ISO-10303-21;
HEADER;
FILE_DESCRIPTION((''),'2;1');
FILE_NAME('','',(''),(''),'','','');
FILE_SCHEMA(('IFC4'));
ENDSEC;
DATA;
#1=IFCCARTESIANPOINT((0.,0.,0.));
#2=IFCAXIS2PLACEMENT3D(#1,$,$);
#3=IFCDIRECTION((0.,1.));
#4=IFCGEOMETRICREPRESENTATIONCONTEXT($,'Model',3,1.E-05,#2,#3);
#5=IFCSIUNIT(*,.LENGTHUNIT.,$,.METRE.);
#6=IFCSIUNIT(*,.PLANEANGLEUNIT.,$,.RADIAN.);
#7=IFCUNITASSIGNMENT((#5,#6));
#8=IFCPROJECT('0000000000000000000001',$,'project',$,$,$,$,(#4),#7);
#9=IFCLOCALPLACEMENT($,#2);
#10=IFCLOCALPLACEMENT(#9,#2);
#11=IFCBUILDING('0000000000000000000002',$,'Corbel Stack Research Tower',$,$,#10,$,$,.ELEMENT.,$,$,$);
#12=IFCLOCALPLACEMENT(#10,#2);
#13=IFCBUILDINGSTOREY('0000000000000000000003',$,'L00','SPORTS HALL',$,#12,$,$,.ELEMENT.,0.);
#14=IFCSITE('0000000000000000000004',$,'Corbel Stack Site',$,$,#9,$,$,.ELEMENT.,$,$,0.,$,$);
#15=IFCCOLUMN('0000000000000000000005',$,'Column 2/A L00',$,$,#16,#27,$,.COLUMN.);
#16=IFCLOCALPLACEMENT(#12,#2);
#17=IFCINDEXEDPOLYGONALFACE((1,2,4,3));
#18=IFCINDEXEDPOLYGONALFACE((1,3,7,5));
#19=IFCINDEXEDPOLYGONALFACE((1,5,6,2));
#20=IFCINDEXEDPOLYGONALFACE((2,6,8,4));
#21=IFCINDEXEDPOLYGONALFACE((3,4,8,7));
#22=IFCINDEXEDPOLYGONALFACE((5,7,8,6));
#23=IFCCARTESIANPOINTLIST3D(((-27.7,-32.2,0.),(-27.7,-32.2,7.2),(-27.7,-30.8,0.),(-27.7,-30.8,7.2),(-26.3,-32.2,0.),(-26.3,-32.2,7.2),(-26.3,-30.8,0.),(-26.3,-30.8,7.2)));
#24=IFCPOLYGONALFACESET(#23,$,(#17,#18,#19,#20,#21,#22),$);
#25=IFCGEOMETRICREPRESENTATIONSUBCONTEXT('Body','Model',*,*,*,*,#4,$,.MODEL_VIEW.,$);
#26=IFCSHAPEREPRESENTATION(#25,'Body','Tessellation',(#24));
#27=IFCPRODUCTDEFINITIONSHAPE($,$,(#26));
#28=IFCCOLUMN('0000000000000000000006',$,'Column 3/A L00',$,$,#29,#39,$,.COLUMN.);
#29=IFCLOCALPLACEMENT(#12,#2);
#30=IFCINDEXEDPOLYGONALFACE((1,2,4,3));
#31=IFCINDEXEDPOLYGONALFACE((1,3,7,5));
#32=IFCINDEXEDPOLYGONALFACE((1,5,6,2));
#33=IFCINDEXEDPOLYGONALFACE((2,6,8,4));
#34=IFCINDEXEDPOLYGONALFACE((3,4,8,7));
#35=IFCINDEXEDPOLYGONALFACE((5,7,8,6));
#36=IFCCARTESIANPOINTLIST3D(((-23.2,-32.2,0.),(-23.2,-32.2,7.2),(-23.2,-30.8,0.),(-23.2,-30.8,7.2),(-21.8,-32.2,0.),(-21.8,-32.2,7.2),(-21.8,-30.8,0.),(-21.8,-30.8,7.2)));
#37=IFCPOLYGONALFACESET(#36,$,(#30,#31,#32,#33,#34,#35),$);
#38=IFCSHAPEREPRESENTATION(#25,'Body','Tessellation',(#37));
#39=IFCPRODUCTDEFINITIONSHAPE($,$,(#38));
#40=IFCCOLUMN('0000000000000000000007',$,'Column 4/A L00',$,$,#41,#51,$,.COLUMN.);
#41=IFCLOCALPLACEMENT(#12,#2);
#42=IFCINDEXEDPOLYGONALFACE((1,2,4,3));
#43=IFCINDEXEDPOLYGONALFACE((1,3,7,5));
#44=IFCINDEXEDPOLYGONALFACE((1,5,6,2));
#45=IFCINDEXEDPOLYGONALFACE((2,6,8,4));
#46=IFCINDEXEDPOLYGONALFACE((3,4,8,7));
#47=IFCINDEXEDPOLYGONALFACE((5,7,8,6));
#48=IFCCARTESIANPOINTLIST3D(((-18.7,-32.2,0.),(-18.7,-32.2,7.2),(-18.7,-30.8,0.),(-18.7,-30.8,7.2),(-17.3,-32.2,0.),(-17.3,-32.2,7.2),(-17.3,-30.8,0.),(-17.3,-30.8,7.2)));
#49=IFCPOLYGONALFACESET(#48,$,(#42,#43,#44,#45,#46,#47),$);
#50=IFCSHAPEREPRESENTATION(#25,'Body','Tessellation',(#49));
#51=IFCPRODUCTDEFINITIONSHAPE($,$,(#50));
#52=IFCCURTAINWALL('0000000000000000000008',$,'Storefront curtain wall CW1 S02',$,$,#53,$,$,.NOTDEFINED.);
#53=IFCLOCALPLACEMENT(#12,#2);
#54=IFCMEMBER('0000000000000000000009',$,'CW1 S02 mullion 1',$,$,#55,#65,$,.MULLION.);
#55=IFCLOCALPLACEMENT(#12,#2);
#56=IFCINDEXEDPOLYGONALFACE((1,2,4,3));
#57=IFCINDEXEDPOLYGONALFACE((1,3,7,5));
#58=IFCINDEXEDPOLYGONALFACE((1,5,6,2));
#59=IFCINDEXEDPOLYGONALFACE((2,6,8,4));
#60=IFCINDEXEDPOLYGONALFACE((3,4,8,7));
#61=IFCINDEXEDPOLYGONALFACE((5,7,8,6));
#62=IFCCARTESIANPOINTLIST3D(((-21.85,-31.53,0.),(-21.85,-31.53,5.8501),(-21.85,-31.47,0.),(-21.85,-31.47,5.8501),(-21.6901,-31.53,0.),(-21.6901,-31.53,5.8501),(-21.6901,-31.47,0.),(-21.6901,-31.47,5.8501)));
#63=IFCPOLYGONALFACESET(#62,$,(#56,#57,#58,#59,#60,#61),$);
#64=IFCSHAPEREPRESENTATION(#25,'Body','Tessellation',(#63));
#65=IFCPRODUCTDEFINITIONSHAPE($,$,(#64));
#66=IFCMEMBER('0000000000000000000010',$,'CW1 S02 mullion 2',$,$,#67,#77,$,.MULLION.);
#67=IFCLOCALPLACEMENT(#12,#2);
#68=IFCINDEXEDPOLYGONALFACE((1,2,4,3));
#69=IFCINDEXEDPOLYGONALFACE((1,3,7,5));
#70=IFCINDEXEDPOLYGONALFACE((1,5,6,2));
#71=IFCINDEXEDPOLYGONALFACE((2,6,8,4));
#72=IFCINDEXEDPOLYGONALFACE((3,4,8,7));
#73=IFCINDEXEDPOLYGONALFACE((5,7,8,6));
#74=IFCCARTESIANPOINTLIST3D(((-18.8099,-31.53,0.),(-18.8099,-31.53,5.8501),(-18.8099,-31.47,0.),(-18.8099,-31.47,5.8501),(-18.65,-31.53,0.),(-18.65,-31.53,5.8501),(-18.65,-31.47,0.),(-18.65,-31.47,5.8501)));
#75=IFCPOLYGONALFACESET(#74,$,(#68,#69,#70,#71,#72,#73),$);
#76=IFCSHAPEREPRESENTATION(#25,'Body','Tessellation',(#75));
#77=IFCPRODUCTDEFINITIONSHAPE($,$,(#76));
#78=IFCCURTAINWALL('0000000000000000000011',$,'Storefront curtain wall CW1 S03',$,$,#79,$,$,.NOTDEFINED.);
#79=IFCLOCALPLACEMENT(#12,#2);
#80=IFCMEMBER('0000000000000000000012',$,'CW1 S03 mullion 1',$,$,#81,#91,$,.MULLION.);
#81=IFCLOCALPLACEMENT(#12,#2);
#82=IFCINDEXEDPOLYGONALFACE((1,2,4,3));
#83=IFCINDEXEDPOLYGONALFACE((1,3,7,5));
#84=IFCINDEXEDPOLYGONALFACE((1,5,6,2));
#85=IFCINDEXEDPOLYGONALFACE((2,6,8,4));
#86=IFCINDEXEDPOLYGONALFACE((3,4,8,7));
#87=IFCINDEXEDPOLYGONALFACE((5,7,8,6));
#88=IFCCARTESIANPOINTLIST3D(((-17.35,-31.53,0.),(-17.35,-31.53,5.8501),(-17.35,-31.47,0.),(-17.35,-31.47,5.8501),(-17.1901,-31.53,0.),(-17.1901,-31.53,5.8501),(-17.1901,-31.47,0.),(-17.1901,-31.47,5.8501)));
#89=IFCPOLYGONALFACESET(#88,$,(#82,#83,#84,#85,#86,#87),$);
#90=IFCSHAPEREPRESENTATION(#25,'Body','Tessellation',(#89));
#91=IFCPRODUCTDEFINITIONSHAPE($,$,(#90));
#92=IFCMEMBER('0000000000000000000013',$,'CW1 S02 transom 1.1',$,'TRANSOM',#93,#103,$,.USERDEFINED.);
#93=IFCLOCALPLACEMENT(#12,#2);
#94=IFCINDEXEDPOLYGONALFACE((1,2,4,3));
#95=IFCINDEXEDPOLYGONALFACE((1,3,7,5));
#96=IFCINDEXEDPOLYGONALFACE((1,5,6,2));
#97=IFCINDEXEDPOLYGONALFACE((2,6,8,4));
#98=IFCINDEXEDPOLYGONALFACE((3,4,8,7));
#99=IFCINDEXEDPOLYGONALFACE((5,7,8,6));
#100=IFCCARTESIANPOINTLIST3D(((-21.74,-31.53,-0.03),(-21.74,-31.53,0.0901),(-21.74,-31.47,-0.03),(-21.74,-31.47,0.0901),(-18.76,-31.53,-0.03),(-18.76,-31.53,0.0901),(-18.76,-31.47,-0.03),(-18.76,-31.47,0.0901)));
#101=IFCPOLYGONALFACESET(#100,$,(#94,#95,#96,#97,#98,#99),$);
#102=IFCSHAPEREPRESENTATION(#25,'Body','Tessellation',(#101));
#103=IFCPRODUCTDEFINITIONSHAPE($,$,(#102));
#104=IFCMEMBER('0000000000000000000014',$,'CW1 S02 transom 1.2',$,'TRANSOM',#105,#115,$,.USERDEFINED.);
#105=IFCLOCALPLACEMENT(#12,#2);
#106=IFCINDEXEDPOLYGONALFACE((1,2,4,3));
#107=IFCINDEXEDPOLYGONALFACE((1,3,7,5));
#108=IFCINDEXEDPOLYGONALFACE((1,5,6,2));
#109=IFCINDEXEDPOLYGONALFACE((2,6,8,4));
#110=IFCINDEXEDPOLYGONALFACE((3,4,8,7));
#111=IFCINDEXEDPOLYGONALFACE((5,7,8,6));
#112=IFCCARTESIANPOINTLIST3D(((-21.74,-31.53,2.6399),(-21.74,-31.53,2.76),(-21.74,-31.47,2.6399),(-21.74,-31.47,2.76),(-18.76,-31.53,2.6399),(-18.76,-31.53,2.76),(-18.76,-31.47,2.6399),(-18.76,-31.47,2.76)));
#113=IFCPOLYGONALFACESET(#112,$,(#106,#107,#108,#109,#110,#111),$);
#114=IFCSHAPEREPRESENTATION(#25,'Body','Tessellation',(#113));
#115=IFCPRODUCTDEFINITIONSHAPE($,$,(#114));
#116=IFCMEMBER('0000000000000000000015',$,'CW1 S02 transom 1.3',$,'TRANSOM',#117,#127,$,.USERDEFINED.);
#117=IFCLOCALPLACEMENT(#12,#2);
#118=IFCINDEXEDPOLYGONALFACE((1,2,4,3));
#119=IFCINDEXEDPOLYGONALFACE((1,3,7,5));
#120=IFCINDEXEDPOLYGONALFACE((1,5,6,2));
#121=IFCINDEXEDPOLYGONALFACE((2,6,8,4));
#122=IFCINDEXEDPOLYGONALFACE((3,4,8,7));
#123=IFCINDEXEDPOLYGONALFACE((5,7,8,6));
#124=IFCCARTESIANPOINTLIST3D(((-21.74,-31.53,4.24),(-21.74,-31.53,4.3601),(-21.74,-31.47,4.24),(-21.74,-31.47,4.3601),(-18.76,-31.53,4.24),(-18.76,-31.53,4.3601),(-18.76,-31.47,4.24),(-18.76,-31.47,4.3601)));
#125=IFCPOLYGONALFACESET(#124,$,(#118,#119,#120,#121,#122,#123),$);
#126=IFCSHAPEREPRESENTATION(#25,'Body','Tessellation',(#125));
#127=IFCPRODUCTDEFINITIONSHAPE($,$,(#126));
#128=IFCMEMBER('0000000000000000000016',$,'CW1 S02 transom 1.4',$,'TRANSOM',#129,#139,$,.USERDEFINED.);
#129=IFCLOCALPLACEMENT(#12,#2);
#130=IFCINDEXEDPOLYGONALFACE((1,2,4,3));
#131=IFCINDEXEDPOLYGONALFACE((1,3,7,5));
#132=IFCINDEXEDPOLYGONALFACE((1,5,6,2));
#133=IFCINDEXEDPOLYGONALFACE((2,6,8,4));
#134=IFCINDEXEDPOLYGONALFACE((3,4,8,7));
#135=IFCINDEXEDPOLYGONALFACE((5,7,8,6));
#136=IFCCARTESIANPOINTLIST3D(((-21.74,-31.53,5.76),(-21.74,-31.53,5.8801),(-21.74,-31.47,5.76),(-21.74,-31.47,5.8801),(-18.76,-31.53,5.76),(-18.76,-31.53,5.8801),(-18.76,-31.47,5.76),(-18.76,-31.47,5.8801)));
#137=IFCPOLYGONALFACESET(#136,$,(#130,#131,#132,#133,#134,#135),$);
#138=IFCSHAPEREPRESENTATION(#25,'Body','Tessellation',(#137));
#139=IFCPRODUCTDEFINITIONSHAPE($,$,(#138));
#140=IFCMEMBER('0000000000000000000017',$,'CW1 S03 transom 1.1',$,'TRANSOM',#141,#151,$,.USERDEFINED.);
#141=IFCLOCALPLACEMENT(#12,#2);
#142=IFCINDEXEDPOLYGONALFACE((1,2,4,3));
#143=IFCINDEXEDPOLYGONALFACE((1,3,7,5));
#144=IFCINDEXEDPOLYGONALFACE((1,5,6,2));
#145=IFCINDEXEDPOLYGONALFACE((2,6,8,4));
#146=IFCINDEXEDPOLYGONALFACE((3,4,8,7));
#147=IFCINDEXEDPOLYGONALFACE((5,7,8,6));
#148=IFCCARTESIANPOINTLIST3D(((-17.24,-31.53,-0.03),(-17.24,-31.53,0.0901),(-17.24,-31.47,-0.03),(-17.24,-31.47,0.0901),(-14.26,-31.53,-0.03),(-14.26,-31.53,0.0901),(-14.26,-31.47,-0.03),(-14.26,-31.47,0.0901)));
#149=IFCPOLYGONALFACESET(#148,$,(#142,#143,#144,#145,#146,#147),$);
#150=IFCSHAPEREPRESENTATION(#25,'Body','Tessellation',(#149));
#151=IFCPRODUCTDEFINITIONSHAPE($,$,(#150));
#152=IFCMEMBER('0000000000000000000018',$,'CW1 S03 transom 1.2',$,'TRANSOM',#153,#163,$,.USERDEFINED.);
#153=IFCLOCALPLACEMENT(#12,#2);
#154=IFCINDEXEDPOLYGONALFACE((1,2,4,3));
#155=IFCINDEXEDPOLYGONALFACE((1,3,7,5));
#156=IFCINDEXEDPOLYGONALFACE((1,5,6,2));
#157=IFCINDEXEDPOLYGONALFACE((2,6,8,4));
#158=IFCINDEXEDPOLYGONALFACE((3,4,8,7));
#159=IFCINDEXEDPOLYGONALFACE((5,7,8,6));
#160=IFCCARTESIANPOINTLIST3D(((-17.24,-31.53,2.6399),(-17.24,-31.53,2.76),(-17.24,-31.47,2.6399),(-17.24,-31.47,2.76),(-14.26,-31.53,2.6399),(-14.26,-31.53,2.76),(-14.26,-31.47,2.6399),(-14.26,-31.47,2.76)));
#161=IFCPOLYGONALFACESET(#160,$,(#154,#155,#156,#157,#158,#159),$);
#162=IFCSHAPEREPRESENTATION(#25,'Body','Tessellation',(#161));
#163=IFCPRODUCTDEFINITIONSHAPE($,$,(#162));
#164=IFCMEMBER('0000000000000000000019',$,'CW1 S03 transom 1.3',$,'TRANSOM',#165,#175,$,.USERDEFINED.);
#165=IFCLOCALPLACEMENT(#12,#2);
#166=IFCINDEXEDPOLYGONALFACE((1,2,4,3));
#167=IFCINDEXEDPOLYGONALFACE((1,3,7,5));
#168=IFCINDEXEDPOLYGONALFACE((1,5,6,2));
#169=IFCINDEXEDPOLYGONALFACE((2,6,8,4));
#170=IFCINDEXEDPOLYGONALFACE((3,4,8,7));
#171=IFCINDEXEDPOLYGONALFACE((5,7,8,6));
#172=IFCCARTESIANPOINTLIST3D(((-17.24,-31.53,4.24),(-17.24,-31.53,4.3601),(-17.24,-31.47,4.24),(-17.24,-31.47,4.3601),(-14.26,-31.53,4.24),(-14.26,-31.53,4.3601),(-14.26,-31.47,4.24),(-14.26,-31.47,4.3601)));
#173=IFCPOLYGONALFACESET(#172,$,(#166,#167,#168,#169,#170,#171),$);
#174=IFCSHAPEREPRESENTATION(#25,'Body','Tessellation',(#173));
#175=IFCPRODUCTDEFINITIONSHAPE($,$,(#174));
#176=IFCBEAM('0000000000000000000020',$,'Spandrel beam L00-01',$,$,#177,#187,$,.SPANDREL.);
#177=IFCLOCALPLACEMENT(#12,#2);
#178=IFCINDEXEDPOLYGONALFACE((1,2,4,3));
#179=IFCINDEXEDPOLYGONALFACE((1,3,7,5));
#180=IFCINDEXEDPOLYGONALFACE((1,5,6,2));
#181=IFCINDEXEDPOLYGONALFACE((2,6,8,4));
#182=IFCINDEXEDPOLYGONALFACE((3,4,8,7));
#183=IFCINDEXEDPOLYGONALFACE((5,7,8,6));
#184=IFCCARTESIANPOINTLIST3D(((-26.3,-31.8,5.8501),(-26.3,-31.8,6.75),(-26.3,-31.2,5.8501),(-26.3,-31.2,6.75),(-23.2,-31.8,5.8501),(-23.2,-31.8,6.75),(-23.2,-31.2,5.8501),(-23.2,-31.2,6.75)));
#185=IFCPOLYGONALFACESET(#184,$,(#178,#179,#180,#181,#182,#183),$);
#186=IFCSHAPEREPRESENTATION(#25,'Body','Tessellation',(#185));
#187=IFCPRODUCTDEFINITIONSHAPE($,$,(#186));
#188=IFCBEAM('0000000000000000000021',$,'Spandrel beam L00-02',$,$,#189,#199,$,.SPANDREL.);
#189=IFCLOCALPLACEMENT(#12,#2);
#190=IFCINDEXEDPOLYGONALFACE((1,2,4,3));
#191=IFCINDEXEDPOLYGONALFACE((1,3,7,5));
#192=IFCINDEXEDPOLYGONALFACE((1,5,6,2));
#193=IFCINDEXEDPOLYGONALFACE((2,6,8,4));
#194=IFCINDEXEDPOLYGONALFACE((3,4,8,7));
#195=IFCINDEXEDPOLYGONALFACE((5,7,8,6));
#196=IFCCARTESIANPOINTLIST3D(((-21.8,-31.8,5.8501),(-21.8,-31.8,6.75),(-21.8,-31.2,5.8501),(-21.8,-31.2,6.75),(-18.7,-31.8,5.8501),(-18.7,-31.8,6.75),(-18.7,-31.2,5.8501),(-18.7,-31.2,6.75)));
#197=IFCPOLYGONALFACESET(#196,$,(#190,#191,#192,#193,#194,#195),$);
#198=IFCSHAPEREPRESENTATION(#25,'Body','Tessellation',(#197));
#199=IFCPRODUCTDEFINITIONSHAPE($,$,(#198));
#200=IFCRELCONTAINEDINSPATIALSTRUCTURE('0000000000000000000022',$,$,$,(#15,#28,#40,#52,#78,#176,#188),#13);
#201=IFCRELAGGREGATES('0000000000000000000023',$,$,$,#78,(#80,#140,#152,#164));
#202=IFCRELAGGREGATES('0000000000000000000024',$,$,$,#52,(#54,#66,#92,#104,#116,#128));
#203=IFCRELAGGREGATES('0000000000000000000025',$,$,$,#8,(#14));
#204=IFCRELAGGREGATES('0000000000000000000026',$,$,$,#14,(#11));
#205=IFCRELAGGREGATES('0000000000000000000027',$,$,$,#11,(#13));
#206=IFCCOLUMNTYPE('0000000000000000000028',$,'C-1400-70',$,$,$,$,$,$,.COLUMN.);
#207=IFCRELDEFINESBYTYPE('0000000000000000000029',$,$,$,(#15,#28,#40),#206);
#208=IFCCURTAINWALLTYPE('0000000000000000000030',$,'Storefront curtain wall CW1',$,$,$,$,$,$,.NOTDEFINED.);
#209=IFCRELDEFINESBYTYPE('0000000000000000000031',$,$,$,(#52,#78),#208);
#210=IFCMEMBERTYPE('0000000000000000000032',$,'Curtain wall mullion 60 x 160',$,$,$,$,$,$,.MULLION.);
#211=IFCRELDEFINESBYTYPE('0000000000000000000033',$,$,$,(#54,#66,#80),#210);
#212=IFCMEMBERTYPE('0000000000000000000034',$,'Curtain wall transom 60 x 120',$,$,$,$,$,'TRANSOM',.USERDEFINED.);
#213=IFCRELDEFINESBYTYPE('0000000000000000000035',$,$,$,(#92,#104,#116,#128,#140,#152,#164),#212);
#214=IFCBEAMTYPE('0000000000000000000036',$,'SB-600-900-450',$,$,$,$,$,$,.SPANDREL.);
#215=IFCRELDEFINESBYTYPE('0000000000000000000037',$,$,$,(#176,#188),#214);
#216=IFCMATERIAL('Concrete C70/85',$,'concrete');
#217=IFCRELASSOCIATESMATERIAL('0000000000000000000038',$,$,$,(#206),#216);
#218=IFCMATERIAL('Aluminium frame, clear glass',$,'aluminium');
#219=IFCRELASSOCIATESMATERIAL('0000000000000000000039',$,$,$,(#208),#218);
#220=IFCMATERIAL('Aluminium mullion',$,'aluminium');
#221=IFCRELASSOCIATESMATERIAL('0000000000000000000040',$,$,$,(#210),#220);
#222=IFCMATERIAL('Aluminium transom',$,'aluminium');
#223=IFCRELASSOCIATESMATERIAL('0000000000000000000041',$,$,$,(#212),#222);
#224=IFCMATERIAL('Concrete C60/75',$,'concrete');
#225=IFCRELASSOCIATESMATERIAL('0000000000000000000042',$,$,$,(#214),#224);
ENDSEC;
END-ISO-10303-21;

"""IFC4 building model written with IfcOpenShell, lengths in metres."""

from ifc_helpers import new_model, si_unit, direction, frame, origin, origin_2d, place, context, subcontext, project, spatial, rectangle, extrude, material, material_profile, profile_set, type_object, element, aggregate, save


model = new_model("IFC4")

# Units and contexts
model_context = context("Model", 3, precision=1e-05, world=origin(), true_north=direction((0.0, 1.0)))
body_context = subcontext(model_context, "Body", "Model", "MODEL_VIEW")
ifc_project = project(units=[si_unit("LENGTHUNIT", "METRE"), si_unit("PLANEANGLEUNIT", "RADIAN")], contexts=[model_context])

# Site, building, storey
site_placement = place(None, origin())
site = spatial("IfcSite", under=ifc_project, at=site_placement, Name="Corbel Stack Site", CompositionType="ELEMENT", RefElevation=0.0)
building_placement = place(site_placement, origin())
building = spatial("IfcBuilding", under=site, at=building_placement, Name="Corbel Stack Research Tower", CompositionType="ELEMENT")
storey_placement = place(building_placement, origin())
storey = spatial("IfcBuildingStorey", under=building, at=storey_placement, Name="L00", Description="SPORTS HALL", CompositionType="ELEMENT", Elevation=0.0)

# Columns
ifc_material_1 = material(Name="Concrete C70/85", Category="concrete")
ifc_material_profile_1 = material_profile(ifc_material_1, rectangle(XDim=1.3999, YDim=1.3999, at=origin_2d()), Name="RC 1400 x 1400")
ifc_profile_set_1 = profile_set([ifc_material_profile_1], Name="Concrete C70/85")
column_type = type_object("IfcColumnType", Name="C-1400-70", PredefinedType="COLUMN", material=ifc_profile_set_1)
for number, where, z_axis, x_axis, name in (
    (1, (-27.0, -31.5, 0.0), (0.0, 0.0, 1.0), (1.0, 0.0, 0.0), "Column 2/A L00"),
    (2, (-22.5, -31.5, 0.0), (0.0, 0.0, 1.0), (1.0, 0.0, 0.0), "Column 3/A L00"),
    (3, (-18.0, -31.5, 0.0), (0.0, 0.0, 1.0), (1.0, 0.0, 0.0), "Column 4/A L00"),
):
    element("IfcColumn", number, at=place(storey_placement, frame(where, z_axis=z_axis, x_axis=x_axis)), inside=storey, type_object=column_type, Name=name, PredefinedType="COLUMN", context=body_context, shape_type="SweptSolid", body=[
        extrude(rectangle(XDim=1.3999, YDim=1.3999, at=origin_2d()), origin(), (0.0, 0.0, 1.0), 7.2),
    ])

# Curtain wall, members
ifc_material_2 = material(Name="Aluminium frame, clear glass", Category="aluminium")
curtain_wall_type = type_object("IfcCurtainWallType", Name="Storefront curtain wall CW1", PredefinedType="NOTDEFINED", material=ifc_material_2)
curtain_wall_1_placement = place(storey_placement, origin())
curtain_wall_1 = element("IfcCurtainWall", 4, at=curtain_wall_1_placement, inside=storey, type_object=curtain_wall_type, Name="Storefront curtain wall CW1 S02", PredefinedType="NOTDEFINED")
ifc_material_3 = material(Name="Aluminium mullion", Category="aluminium")
ifc_material_profile_2 = material_profile(ifc_material_3, rectangle(XDim=0.0601, YDim=0.1599, at=origin_2d()), Name="Mullion 60 x 160")
ifc_profile_set_2 = profile_set([ifc_material_profile_2], Name="Aluminium mullion")
member_type_1 = type_object("IfcMemberType", Name="Curtain wall mullion 60 x 160", PredefinedType="MULLION", material=ifc_profile_set_2)
member_1_placement = place(storey_placement, frame((-21.77, -31.5, 0.0), z_axis=(0.0, 0.0, 1.0), x_axis=(0.0, 1.0, 0.0)))
member_1 = element("IfcMember", 5, at=member_1_placement, type_object=member_type_1, Name="CW1 S02 mullion 1", PredefinedType="MULLION", context=body_context, shape_type="SweptSolid", body=[
    extrude(rectangle(XDim=0.0601, YDim=0.1599, at=origin_2d()), origin(), (0.0, 0.0, 1.0), 5.8501),
])
member_2_placement = place(storey_placement, frame((-18.73, -31.5, 0.0), z_axis=(0.0, 0.0, 1.0), x_axis=(0.0, 1.0, 0.0)))
member_2 = element("IfcMember", 6, at=member_2_placement, type_object=member_type_1, Name="CW1 S02 mullion 2", PredefinedType="MULLION", context=body_context, shape_type="SweptSolid", body=[
    extrude(rectangle(XDim=0.0601, YDim=0.1599, at=origin_2d()), origin(), (0.0, 0.0, 1.0), 5.8501),
])

# Curtain wall, member
curtain_wall_2_placement = place(storey_placement, origin())
curtain_wall_2 = element("IfcCurtainWall", 7, at=curtain_wall_2_placement, inside=storey, type_object=curtain_wall_type, Name="Storefront curtain wall CW1 S03", PredefinedType="NOTDEFINED")
member_3_placement = place(storey_placement, frame((-17.27, -31.5, 0.0), z_axis=(0.0, 0.0, 1.0), x_axis=(0.0, 1.0, 0.0)))
member_3 = element("IfcMember", 8, at=member_3_placement, type_object=member_type_1, Name="CW1 S03 mullion 1", PredefinedType="MULLION", context=body_context, shape_type="SweptSolid", body=[
    extrude(rectangle(XDim=0.0601, YDim=0.1599, at=origin_2d()), origin(), (0.0, 0.0, 1.0), 5.8501),
])

# Members
ifc_material_4 = material(Name="Aluminium transom", Category="aluminium")
ifc_material_profile_3 = material_profile(ifc_material_4, rectangle(XDim=0.0601, YDim=0.1201, at=origin_2d()), Name="Transom 60 x 120")
ifc_profile_set_3 = profile_set([ifc_material_profile_3], Name="Aluminium transom")
member_type_2 = type_object("IfcMemberType", Name="Curtain wall transom 60 x 120", ElementType="TRANSOM", PredefinedType="USERDEFINED", material=ifc_profile_set_3)
member_4_placement = place(storey_placement, frame((-21.74, -31.5, 0.03), z_axis=(1.0, 0.0, 0.0), x_axis=(0.0, 1.0, 0.0)))
member_4 = element("IfcMember", 9, at=member_4_placement, type_object=member_type_2, Name="CW1 S02 transom 1.1", ObjectType="TRANSOM", PredefinedType="USERDEFINED", context=body_context, shape_type="SweptSolid", body=[
    extrude(rectangle(XDim=0.0601, YDim=0.1201, at=origin_2d()), origin(), (0.0, 0.0, 1.0), 2.98),
])
member_5_placement = place(storey_placement, frame((-21.74, -31.5, 2.7), z_axis=(1.0, 0.0, 0.0), x_axis=(0.0, 1.0, 0.0)))
member_5 = element("IfcMember", 10, at=member_5_placement, type_object=member_type_2, Name="CW1 S02 transom 1.2", ObjectType="TRANSOM", PredefinedType="USERDEFINED", context=body_context, shape_type="SweptSolid", body=[
    extrude(rectangle(XDim=0.0601, YDim=0.1201, at=origin_2d()), origin(), (0.0, 0.0, 1.0), 2.98),
])
member_6_placement = place(storey_placement, frame((-21.74, -31.5, 4.3), z_axis=(1.0, 0.0, 0.0), x_axis=(0.0, 1.0, 0.0)))
member_6 = element("IfcMember", 11, at=member_6_placement, type_object=member_type_2, Name="CW1 S02 transom 1.3", ObjectType="TRANSOM", PredefinedType="USERDEFINED", context=body_context, shape_type="SweptSolid", body=[
    extrude(rectangle(XDim=0.0601, YDim=0.1201, at=origin_2d()), origin(), (0.0, 0.0, 1.0), 2.98),
])
member_7_placement = place(storey_placement, frame((-21.74, -31.5, 5.8201), z_axis=(1.0, 0.0, 0.0), x_axis=(0.0, 1.0, 0.0)))
member_7 = element("IfcMember", 12, at=member_7_placement, type_object=member_type_2, Name="CW1 S02 transom 1.4", ObjectType="TRANSOM", PredefinedType="USERDEFINED", context=body_context, shape_type="SweptSolid", body=[
    extrude(rectangle(XDim=0.0601, YDim=0.1201, at=origin_2d()), origin(), (0.0, 0.0, 1.0), 2.98),
])
member_8_placement = place(storey_placement, frame((-17.24, -31.5, 0.03), z_axis=(1.0, 0.0, 0.0), x_axis=(0.0, 1.0, 0.0)))
member_8 = element("IfcMember", 13, at=member_8_placement, type_object=member_type_2, Name="CW1 S03 transom 1.1", ObjectType="TRANSOM", PredefinedType="USERDEFINED", context=body_context, shape_type="SweptSolid", body=[
    extrude(rectangle(XDim=0.0601, YDim=0.1201, at=origin_2d()), origin(), (0.0, 0.0, 1.0), 2.98),
])
member_9_placement = place(storey_placement, frame((-17.24, -31.5, 2.7), z_axis=(1.0, 0.0, 0.0), x_axis=(0.0, 1.0, 0.0)))
member_9 = element("IfcMember", 14, at=member_9_placement, type_object=member_type_2, Name="CW1 S03 transom 1.2", ObjectType="TRANSOM", PredefinedType="USERDEFINED", context=body_context, shape_type="SweptSolid", body=[
    extrude(rectangle(XDim=0.0601, YDim=0.1201, at=origin_2d()), origin(), (0.0, 0.0, 1.0), 2.98),
])
member_10_placement = place(storey_placement, frame((-17.24, -31.5, 4.3), z_axis=(1.0, 0.0, 0.0), x_axis=(0.0, 1.0, 0.0)))
member_10 = element("IfcMember", 15, at=member_10_placement, type_object=member_type_2, Name="CW1 S03 transom 1.3", ObjectType="TRANSOM", PredefinedType="USERDEFINED", context=body_context, shape_type="SweptSolid", body=[
    extrude(rectangle(XDim=0.0601, YDim=0.1201, at=origin_2d()), origin(), (0.0, 0.0, 1.0), 2.98),
])
aggregate(curtain_wall_2, [member_3, member_8, member_9, member_10])

# Beams
ifc_material_5 = material(Name="Concrete C60/75", Category="concrete")
ifc_material_profile_4 = material_profile(ifc_material_5, rectangle(XDim=0.6001, YDim=0.8999, at=origin_2d()), Name="RC 600 x 900")
ifc_profile_set_4 = profile_set([ifc_material_profile_4], Name="Concrete C60/75")
beam_type = type_object("IfcBeamType", Name="SB-600-900-450", PredefinedType="SPANDREL", material=ifc_profile_set_4)
for number, where, z_axis, x_axis, name in (
    (16, (-26.3, -31.5, 6.3), (1.0, 0.0, 0.0), (0.0, 1.0, 0.0), "Spandrel beam L00-01"),
    (17, (-21.8, -31.5, 6.3), (1.0, 0.0, 0.0), (0.0, 1.0, 0.0), "Spandrel beam L00-02"),
):
    element("IfcBeam", number, at=place(storey_placement, frame(where, z_axis=z_axis, x_axis=x_axis)), inside=storey, type_object=beam_type, Name=name, PredefinedType="SPANDREL", context=body_context, shape_type="SweptSolid", body=[
        extrude(rectangle(XDim=0.6001, YDim=0.8999, at=origin_2d()), origin(), (0.0, 0.0, 1.0), 3.1001),
    ])

aggregate(curtain_wall_1, [member_1, member_2, member_4, member_5, member_6, member_7])

save(model, "model.ifc")
